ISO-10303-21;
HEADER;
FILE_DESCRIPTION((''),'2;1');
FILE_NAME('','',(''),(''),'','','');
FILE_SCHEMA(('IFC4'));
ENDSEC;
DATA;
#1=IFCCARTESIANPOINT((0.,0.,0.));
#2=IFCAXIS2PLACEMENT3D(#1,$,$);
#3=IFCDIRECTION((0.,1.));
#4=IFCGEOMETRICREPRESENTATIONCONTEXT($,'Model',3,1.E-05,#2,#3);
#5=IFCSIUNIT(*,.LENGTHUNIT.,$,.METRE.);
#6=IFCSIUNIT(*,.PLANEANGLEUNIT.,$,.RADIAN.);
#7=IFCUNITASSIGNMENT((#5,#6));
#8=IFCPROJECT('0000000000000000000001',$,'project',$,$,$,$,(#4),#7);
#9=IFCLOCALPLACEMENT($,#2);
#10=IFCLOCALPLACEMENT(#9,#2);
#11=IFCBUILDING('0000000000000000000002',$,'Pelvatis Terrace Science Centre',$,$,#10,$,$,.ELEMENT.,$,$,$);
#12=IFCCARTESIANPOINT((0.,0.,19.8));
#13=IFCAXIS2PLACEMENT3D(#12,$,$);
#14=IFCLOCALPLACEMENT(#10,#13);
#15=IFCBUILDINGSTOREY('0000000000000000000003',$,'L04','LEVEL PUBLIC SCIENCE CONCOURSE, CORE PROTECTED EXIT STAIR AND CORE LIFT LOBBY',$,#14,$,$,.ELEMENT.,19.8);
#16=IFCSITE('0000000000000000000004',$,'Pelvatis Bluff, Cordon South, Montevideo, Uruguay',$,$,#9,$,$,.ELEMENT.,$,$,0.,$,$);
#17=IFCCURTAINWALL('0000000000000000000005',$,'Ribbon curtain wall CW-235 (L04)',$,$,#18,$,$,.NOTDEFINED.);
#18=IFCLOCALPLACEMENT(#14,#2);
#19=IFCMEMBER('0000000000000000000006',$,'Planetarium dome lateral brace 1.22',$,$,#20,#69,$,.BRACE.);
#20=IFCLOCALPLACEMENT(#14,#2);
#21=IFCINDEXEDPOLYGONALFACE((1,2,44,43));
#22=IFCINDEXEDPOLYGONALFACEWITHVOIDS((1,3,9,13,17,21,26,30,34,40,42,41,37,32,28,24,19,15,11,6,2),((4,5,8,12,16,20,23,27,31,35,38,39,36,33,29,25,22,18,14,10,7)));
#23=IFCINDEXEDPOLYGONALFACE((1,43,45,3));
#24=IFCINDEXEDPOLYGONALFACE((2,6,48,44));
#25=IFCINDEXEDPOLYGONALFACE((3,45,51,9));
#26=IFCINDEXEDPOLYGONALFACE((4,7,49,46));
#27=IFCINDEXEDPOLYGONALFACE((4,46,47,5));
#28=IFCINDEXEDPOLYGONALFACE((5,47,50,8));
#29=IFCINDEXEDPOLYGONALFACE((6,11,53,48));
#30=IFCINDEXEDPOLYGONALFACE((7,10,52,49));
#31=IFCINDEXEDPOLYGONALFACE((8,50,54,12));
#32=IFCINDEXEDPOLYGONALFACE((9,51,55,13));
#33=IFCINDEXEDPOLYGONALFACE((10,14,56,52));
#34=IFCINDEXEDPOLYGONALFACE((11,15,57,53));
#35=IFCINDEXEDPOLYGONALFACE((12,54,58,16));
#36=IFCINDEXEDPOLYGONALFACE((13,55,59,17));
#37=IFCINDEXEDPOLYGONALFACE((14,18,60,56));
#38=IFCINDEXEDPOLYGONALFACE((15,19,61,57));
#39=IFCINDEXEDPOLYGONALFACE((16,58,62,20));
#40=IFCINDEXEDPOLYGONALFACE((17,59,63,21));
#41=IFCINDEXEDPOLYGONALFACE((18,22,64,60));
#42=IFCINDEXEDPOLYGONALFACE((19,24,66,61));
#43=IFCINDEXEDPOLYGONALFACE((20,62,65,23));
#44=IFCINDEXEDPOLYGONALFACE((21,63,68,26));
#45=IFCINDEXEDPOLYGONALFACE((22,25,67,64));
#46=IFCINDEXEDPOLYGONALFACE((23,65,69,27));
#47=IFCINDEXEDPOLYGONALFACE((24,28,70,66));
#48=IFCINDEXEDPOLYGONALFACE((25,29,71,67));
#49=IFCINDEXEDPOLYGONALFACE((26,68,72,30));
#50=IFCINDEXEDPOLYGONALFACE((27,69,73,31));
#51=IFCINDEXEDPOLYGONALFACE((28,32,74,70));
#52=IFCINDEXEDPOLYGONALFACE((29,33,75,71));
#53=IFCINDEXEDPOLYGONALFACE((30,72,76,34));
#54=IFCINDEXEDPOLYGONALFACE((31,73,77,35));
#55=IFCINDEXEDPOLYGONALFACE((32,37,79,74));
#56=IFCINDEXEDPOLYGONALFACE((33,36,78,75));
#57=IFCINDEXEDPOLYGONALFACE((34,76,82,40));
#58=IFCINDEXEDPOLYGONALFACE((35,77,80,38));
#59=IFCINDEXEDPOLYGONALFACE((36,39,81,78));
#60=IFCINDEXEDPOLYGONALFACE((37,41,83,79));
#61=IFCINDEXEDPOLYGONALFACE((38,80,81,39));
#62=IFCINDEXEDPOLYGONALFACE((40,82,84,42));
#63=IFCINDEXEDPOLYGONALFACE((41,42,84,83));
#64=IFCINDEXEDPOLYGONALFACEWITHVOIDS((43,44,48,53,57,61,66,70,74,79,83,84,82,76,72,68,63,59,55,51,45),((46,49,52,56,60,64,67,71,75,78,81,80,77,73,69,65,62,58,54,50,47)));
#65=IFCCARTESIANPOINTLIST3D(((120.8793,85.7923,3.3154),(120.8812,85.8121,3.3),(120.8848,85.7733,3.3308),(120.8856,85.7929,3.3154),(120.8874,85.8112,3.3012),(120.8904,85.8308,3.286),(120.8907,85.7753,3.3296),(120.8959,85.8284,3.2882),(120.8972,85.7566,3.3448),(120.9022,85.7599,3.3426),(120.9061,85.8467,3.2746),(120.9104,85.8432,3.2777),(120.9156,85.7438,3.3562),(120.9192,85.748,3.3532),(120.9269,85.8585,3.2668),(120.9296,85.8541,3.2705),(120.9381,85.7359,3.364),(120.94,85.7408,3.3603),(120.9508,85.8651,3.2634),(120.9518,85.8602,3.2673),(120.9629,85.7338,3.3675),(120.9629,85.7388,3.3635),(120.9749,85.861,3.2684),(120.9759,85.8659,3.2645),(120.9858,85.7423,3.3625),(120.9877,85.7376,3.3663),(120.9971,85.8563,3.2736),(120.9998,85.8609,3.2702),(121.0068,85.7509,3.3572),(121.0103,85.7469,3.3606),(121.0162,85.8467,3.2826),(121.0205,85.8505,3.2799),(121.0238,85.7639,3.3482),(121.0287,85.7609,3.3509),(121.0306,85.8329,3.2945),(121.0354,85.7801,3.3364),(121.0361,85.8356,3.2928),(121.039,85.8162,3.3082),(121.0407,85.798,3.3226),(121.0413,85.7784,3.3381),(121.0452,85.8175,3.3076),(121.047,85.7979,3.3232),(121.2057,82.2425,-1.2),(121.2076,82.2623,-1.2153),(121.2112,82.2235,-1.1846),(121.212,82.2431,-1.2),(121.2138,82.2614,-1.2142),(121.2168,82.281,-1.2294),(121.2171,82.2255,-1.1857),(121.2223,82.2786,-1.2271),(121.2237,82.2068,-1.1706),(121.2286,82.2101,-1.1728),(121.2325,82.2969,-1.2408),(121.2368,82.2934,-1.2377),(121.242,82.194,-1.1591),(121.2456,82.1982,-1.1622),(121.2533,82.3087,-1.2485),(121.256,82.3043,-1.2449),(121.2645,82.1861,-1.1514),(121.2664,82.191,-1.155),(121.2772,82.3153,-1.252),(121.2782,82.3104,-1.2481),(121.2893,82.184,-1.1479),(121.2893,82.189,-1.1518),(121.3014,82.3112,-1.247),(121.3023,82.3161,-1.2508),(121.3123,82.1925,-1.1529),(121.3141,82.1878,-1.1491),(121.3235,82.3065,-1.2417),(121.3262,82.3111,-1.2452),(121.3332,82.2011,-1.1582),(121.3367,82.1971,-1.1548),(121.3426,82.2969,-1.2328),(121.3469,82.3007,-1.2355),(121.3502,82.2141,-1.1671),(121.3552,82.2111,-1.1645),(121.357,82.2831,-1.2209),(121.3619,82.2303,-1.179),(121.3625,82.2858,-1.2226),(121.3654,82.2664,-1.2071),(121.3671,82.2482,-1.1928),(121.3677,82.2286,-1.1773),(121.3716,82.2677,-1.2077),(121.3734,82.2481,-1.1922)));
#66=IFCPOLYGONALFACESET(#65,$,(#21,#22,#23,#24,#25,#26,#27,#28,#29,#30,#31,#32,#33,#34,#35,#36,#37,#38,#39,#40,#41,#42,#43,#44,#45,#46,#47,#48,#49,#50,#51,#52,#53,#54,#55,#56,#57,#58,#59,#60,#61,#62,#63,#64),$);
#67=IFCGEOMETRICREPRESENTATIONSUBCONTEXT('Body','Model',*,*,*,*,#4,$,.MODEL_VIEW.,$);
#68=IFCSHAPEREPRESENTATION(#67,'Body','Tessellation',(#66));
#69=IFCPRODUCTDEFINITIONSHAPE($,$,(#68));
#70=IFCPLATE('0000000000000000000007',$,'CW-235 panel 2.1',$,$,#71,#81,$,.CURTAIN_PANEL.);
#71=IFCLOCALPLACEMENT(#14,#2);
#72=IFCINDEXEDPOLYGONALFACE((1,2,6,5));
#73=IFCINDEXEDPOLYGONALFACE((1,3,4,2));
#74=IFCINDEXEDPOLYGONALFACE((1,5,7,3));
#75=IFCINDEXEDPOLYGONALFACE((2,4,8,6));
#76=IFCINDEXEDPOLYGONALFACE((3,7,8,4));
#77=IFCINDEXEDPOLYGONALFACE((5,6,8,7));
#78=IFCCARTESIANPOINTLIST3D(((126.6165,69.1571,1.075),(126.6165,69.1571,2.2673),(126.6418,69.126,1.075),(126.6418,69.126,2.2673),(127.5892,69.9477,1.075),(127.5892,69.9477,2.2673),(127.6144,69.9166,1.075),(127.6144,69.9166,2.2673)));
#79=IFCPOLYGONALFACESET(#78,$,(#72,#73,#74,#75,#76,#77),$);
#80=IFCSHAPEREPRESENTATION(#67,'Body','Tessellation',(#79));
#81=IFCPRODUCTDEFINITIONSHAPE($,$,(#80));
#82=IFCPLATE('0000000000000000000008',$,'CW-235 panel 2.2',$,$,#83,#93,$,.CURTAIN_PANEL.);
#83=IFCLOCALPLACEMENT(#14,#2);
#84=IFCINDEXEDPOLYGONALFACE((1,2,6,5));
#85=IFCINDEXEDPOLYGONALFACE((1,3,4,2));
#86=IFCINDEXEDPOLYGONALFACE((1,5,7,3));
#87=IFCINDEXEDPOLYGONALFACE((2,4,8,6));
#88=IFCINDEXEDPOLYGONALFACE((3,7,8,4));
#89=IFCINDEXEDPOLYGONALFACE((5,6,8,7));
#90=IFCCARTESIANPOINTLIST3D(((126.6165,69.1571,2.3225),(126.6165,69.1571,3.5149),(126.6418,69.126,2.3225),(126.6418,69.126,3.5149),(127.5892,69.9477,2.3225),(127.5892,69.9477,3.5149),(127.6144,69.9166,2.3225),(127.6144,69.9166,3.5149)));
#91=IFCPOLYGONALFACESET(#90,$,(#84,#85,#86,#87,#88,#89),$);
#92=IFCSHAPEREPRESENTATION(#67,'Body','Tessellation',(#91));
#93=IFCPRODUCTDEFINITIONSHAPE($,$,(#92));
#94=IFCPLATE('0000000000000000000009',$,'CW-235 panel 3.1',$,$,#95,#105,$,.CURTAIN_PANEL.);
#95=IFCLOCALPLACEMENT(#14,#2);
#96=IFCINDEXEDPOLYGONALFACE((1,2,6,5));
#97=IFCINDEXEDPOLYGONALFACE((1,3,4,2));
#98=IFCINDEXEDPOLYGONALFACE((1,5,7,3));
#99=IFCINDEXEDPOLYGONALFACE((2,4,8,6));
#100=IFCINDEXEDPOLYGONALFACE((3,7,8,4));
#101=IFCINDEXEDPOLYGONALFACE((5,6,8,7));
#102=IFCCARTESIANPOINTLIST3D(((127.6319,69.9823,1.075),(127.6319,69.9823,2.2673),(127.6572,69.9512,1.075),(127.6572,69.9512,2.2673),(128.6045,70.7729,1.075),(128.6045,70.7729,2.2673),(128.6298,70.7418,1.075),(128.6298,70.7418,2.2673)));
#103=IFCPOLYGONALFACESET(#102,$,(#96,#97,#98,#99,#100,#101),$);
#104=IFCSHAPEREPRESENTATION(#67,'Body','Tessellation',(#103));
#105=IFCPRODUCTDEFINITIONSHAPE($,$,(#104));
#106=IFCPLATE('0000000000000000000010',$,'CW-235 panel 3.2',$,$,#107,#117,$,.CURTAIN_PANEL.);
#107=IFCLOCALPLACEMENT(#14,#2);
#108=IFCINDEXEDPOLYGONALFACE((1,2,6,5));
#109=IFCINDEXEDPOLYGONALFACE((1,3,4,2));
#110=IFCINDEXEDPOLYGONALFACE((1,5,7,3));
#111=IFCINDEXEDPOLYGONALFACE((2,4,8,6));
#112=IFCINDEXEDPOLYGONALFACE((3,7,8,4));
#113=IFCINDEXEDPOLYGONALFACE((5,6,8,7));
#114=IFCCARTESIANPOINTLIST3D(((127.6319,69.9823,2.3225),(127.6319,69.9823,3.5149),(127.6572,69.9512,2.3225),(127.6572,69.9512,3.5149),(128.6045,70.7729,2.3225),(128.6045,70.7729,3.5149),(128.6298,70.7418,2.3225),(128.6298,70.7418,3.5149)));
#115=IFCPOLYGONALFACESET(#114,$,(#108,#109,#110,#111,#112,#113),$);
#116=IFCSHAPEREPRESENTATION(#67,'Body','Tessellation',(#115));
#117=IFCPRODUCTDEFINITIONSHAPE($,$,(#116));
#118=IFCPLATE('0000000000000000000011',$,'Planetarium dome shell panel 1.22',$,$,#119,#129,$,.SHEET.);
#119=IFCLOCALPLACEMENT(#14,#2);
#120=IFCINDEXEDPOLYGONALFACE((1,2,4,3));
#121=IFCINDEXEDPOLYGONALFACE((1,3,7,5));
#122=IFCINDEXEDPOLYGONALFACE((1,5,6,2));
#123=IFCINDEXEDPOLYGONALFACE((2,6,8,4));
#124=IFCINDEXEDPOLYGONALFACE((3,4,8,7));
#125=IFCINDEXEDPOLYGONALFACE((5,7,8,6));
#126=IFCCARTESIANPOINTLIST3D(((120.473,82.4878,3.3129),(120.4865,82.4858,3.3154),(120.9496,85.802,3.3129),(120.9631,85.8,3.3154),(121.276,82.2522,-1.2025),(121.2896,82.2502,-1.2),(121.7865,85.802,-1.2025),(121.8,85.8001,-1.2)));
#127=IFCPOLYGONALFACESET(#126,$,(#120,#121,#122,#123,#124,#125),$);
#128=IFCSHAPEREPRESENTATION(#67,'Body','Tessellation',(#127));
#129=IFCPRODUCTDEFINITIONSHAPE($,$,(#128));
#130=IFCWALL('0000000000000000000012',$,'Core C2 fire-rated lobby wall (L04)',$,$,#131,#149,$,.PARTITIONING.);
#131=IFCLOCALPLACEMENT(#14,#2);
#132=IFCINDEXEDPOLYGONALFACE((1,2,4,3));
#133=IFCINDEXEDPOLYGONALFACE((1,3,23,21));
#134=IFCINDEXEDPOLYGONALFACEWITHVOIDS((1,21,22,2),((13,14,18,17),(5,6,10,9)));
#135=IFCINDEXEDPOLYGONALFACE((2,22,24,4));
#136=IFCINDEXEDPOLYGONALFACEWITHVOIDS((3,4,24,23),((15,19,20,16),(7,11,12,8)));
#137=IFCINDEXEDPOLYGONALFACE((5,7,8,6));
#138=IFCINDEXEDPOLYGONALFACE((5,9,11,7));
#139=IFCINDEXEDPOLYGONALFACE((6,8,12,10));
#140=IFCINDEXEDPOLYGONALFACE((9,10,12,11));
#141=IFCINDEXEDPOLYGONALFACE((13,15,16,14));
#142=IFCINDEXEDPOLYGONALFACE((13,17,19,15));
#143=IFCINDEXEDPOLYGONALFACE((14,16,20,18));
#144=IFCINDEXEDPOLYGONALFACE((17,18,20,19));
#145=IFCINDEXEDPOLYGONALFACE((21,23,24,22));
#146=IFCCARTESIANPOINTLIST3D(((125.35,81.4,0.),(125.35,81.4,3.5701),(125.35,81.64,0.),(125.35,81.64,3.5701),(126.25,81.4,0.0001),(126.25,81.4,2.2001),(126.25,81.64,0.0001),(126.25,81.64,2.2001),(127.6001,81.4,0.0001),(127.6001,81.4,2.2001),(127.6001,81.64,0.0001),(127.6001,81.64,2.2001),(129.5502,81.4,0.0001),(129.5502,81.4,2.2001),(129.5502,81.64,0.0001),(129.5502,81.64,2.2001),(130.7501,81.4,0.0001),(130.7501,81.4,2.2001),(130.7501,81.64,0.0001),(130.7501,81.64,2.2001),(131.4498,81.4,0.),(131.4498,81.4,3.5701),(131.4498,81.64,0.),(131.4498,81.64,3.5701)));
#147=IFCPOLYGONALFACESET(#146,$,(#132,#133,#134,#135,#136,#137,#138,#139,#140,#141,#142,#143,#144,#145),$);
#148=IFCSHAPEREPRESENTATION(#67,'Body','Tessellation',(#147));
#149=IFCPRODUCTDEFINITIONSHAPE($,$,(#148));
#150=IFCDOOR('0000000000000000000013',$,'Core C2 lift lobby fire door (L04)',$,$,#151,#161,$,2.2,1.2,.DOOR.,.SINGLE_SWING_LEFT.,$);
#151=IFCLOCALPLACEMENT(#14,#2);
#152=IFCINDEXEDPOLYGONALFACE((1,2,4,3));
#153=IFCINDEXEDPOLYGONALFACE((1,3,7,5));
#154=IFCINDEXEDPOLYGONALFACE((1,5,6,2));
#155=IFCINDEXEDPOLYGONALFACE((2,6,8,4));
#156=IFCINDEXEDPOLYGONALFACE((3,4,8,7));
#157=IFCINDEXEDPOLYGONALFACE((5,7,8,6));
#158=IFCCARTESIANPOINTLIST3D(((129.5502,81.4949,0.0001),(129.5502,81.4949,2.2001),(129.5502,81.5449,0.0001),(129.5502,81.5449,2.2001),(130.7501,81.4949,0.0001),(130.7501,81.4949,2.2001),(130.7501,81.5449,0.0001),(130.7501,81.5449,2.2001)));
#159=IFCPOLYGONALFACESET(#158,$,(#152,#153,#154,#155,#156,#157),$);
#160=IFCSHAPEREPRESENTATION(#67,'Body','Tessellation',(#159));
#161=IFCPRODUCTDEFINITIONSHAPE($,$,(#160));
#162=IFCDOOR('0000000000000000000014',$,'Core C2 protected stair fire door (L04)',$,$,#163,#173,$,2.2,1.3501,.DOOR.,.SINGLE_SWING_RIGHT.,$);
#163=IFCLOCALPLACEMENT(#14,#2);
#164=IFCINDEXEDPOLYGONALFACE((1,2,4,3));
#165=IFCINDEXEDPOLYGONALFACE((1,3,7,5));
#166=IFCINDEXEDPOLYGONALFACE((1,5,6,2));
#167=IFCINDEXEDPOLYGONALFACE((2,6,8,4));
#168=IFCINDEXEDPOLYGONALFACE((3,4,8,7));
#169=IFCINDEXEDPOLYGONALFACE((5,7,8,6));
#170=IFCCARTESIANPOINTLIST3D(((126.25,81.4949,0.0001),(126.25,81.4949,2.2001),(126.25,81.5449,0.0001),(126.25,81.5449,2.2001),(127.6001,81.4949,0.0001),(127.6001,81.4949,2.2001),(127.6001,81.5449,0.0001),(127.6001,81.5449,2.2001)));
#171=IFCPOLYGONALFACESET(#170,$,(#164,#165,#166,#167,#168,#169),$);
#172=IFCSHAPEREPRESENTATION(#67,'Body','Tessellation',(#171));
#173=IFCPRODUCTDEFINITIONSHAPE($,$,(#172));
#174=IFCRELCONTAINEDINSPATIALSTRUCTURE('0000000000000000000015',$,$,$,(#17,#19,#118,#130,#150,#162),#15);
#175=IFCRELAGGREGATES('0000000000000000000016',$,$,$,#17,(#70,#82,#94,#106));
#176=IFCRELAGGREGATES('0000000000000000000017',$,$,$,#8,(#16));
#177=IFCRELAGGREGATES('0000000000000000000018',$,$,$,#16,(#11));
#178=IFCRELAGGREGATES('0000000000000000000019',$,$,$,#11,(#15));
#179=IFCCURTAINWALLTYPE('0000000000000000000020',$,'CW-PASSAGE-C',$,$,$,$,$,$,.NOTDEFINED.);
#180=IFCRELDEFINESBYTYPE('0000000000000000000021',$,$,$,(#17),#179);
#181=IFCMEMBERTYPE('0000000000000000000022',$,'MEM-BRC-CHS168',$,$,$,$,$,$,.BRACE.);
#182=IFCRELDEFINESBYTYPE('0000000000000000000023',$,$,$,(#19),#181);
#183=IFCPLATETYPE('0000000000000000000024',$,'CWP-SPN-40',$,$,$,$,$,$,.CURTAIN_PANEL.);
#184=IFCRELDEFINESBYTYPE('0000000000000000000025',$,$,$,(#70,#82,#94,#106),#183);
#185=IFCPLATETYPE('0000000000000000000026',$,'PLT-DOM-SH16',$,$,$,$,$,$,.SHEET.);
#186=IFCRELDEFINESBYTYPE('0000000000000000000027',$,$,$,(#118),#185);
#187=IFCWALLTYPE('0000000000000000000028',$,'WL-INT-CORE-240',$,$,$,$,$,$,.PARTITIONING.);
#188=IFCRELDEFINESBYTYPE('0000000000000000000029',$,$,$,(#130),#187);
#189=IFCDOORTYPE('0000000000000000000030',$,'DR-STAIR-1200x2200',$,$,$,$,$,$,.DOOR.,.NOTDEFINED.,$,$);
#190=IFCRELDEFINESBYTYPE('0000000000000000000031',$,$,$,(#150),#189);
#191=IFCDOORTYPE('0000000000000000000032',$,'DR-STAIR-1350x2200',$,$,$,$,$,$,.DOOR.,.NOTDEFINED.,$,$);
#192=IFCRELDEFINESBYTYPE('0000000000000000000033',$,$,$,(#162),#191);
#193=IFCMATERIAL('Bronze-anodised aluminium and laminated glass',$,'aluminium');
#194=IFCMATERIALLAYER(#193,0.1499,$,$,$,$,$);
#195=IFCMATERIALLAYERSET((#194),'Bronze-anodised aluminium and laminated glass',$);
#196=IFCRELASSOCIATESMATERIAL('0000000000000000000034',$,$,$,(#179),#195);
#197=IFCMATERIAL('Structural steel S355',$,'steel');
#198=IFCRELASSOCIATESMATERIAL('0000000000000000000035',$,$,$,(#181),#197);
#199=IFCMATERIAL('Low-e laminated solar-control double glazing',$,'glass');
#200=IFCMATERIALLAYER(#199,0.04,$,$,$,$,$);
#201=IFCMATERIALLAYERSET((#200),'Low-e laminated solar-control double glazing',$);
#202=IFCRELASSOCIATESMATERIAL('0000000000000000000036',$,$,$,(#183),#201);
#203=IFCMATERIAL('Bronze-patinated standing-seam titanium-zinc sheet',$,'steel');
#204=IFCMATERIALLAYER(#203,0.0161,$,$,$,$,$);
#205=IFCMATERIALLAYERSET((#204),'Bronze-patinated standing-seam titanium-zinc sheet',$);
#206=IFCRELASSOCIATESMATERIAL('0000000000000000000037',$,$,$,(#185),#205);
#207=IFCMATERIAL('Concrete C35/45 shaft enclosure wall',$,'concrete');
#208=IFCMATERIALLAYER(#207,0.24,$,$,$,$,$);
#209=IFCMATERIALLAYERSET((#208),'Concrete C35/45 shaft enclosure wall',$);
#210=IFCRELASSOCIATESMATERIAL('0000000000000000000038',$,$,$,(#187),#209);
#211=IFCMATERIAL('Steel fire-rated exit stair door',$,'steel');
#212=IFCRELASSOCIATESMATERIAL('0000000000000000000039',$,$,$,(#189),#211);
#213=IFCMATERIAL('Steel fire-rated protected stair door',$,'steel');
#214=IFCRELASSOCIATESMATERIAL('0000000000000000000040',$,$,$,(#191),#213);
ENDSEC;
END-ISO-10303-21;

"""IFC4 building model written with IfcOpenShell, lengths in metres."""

from ifc_helpers import new_model, si_unit, direction, frame, frame_2d, origin, origin_2d, place, context, subcontext, project, spatial, polyline, rectangle, hollow_circle, outline, extrude, material, layer, layer_set, material_profile, profile_set, type_object, element, fill, aggregate, save


model = new_model("IFC4")

# Units and contexts
model_context = context("Model", 3, precision=1e-05, world=origin(), true_north=direction((0.0, 1.0)))
body_context = subcontext(model_context, "Body", "Model", "MODEL_VIEW")
ifc_project = project(units=[si_unit("LENGTHUNIT", "METRE"), si_unit("PLANEANGLEUNIT", "RADIAN")], contexts=[model_context])

# Site, building, storey
site_placement = place(None, origin())
site = spatial("IfcSite", under=ifc_project, at=site_placement, Name="Pelvatis Bluff, Cordon South, Montevideo, Uruguay", CompositionType="ELEMENT", RefElevation=0.0)
building_placement = place(site_placement, origin())
building = spatial("IfcBuilding", under=site, at=building_placement, Name="Pelvatis Terrace Science Centre", CompositionType="ELEMENT")
storey_placement = place(building_placement, frame((0.0, 0.0, 19.8)))
storey = spatial("IfcBuildingStorey", under=building, at=storey_placement, Name="L04", Description="LEVEL PUBLIC SCIENCE CONCOURSE, CORE PROTECTED EXIT STAIR AND CORE LIFT LOBBY", CompositionType="ELEMENT", Elevation=19.8)

# Curtain wall
ifc_material_1 = material(Name="Bronze-anodised aluminium and laminated glass", Category="aluminium")
ifc_layer_1 = layer(ifc_material_1, 0.1499)
ifc_layer_set_1 = layer_set([ifc_layer_1], Name="Bronze-anodised aluminium and laminated glass")
curtain_wall_type = type_object("IfcCurtainWallType", Name="CW-PASSAGE-C", PredefinedType="NOTDEFINED", material=ifc_layer_set_1)
curtain_wall_placement = place(storey_placement, origin())
curtain_wall = element("IfcCurtainWall", 1, at=curtain_wall_placement, inside=storey, type_object=curtain_wall_type, Name="Ribbon curtain wall CW-235 (L04)", PredefinedType="NOTDEFINED")

# Member
ifc_material_2 = material(Name="Structural steel S355", Category="steel")
ifc_material_profile_1 = material_profile(ifc_material_2, hollow_circle(Radius=0.0842, WallThickness=0.0063, at=origin_2d()), Name="CHS 168.3x6.3")
ifc_profile_set_1 = profile_set([ifc_material_profile_1], Name="Structural steel S355")
member_type_1 = type_object("IfcMemberType", Name="MEM-BRC-CHS168", PredefinedType="BRACE", material=ifc_profile_set_1)
for number, where, z_axis, x_axis, name in (
    (2, (121.2896, 82.2502, -1.2), (-0.056739, 0.617042, 0.784882), (-0.995799, -0.091567, 0.0), "Planetarium dome lateral brace 1.22"),
):
    element("IfcMember", number, at=place(storey_placement, frame(where, z_axis=z_axis, x_axis=x_axis)), inside=storey, type_object=member_type_1, Name=name, PredefinedType="BRACE", context=body_context, shape_type="SweptSolid", body=[
        extrude(hollow_circle(Radius=0.0842, WallThickness=0.0063, at=origin_2d()), origin(), (0.0, 0.0, 1.0), 5.7529),
    ])

# Plates
ifc_material_3 = material(Name="Low-e laminated solar-control double glazing", Category="glass")
ifc_layer_2 = layer(ifc_material_3, 0.04)
ifc_layer_set_2 = layer_set([ifc_layer_2], Name="Low-e laminated solar-control double glazing")
plate_type_1 = type_object("IfcPlateType", Name="CWP-SPN-40", PredefinedType="CURTAIN_PANEL", material=ifc_layer_set_2)
plate_1_placement = place(storey_placement, frame((127.1155, 69.5369, 1.075), z_axis=(0.0, 0.0, 1.0), x_axis=(0.77598, 0.630757, 0.0)))
plate_1 = element("IfcPlate", 3, at=plate_1_placement, type_object=plate_type_1, Name="CW-235 panel 2.1", PredefinedType="CURTAIN_PANEL", context=body_context, shape_type="SweptSolid", body=[
    extrude(rectangle(XDim=1.2534, YDim=0.04, at=origin_2d()), origin(), (0.0, 0.0, 1.0), 1.1924),
])
plate_2_placement = place(storey_placement, frame((127.1155, 69.5369, 2.3225), z_axis=(0.0, 0.0, 1.0), x_axis=(0.77598, 0.630757, 0.0)))
plate_2 = element("IfcPlate", 4, at=plate_2_placement, type_object=plate_type_1, Name="CW-235 panel 2.2", PredefinedType="CURTAIN_PANEL", context=body_context, shape_type="SweptSolid", body=[
    extrude(rectangle(XDim=1.2534, YDim=0.04, at=origin_2d()), origin(), (0.0, 0.0, 1.0), 1.1924),
])
plate_3_placement = place(storey_placement, frame((128.1309, 70.3621, 1.075), z_axis=(0.0, 0.0, 1.0), x_axis=(0.77598, 0.630757, 0.0)))
plate_3 = element("IfcPlate", 5, at=plate_3_placement, type_object=plate_type_1, Name="CW-235 panel 3.1", PredefinedType="CURTAIN_PANEL", context=body_context, shape_type="SweptSolid", body=[
    extrude(rectangle(XDim=1.2534, YDim=0.04, at=origin_2d()), origin(), (0.0, 0.0, 1.0), 1.1924),
])
plate_4_placement = place(storey_placement, frame((128.1309, 70.3621, 2.3225), z_axis=(0.0, 0.0, 1.0), x_axis=(0.77598, 0.630757, 0.0)))
plate_4 = element("IfcPlate", 6, at=plate_4_placement, type_object=plate_type_1, Name="CW-235 panel 3.2", PredefinedType="CURTAIN_PANEL", context=body_context, shape_type="SweptSolid", body=[
    extrude(rectangle(XDim=1.2534, YDim=0.04, at=origin_2d()), origin(), (0.0, 0.0, 1.0), 1.1924),
])
aggregate(curtain_wall, [plate_1, plate_2, plate_3, plate_4])
ifc_material_4 = material(Name="Bronze-patinated standing-seam titanium-zinc sheet", Category="steel")
ifc_layer_3 = layer(ifc_material_4, 0.0161)
ifc_layer_set_3 = layer_set([ifc_layer_3], Name="Bronze-patinated standing-seam titanium-zinc sheet")
plate_type_2 = type_object("IfcPlateType", Name="PLT-DOM-SH16", PredefinedType="SHEET", material=ifc_layer_set_3)
plate_5_placement = place(storey_placement, frame((121.2896, 82.2502, -1.2), z_axis=(0.973571, -0.140002, 0.180443), x_axis=(0.142338, 0.989818, -0.000001)))
element("IfcPlate", 7, at=plate_5_placement, inside=storey, type_object=plate_type_2, Name="Planetarium dome shell panel 1.22", PredefinedType="SHEET", context=body_context, shape_type="SweptSolid", body=[
    extrude(outline(polyline([(0.0, 0.0), (3.5863, 0.0), (3.4672, 4.5907), (0.1189, 4.5907), (0.0, 0.0)])), origin(), (0.0, 0.0, -1.0), 0.0139),
])

# Wall, openings, doors
ifc_material_5 = material(Name="Concrete C35/45 shaft enclosure wall", Category="concrete")
ifc_layer_4 = layer(ifc_material_5, 0.24)
ifc_layer_set_4 = layer_set([ifc_layer_4], Name="Concrete C35/45 shaft enclosure wall")
wall_type_1 = type_object("IfcWallType", Name="WL-INT-CORE-240", PredefinedType="PARTITIONING", material=ifc_layer_set_4)
wall_1_placement = place(storey_placement, frame((125.3501, 81.52, 0.0), z_axis=(0.0, 0.0, 1.0), x_axis=(1.0, 0.0, 0.0)))
wall_1 = element("IfcWall", 8, at=wall_1_placement, inside=storey, type_object=wall_type_1, Name="Core C2 fire-rated lobby wall (L04)", PredefinedType="PARTITIONING", context=body_context, shape_type="SweptSolid", body=[
    extrude(rectangle(XDim=6.0999, YDim=0.24, at=frame_2d((3.0498, 0.0))), origin(), (0.0, 0.0, 1.0), 3.5701),
])
opening_1_placement = place(wall_1_placement, frame((0.8999, 0.0, 0.0)))
opening_1 = element("IfcOpeningElement", 9, at=opening_1_placement, cuts=wall_1, PredefinedType="OPENING", context=body_context, shape_type="SweptSolid", body=[
    extrude(rectangle(XDim=1.3501, YDim=2.2, at=frame_2d((0.675, 1.1001))), frame((0.0, 0.1299, 0.0), z_axis=(0.0, -1.0, 0.0), x_axis=(1.0, 0.0, 0.0)), (0.0, 0.0, 1.0), 0.26),
])
opening_2_placement = place(wall_1_placement, frame((4.2, 0.0, 0.0)))
opening_2 = element("IfcOpeningElement", 10, at=opening_2_placement, cuts=wall_1, PredefinedType="OPENING", context=body_context, shape_type="SweptSolid", body=[
    extrude(rectangle(XDim=1.2, YDim=2.2, at=frame_2d((0.6001, 1.1001))), frame((0.0, 0.1299, 0.0), z_axis=(0.0, -1.0, 0.0), x_axis=(1.0, 0.0, 0.0)), (0.0, 0.0, 1.0), 0.26),
])
ifc_material_6 = material(Name="Steel fire-rated exit stair door", Category="steel")
door_type_1 = type_object("IfcDoorType", Name="DR-STAIR-1200x2200", OperationType="NOTDEFINED", PredefinedType="DOOR", material=ifc_material_6)
door_1_placement = place(opening_2_placement, origin())
door_1 = element("IfcDoor", 11, at=door_1_placement, inside=storey, type_object=door_type_1, Name="Core C2 lift lobby fire door (L04)", OperationType="SINGLE_SWING_LEFT", OverallHeight=2.2, OverallWidth=1.2, PredefinedType="DOOR", context=body_context, shape_type="SweptSolid", body=[
    extrude(rectangle(XDim=1.2, YDim=2.2, at=frame_2d((0.6001, 1.1001))), frame((0.0, 0.0249, 0.0), z_axis=(0.0, -1.0, 0.0), x_axis=(1.0, 0.0, 0.0)), (0.0, 0.0, 1.0), 0.05),
])
fill(opening_2, door_1)
ifc_material_7 = material(Name="Steel fire-rated protected stair door", Category="steel")
door_type_2 = type_object("IfcDoorType", Name="DR-STAIR-1350x2200", OperationType="NOTDEFINED", PredefinedType="DOOR", material=ifc_material_7)
door_2_placement = place(opening_1_placement, origin())
door_2 = element("IfcDoor", 12, at=door_2_placement, inside=storey, type_object=door_type_2, Name="Core C2 protected stair fire door (L04)", OperationType="SINGLE_SWING_RIGHT", OverallHeight=2.2, OverallWidth=1.3501, PredefinedType="DOOR", context=body_context, shape_type="SweptSolid", body=[
    extrude(rectangle(XDim=1.3501, YDim=2.2, at=frame_2d((0.675, 1.1001))), frame((0.0, 0.0249, 0.0), z_axis=(0.0, -1.0, 0.0), x_axis=(1.0, 0.0, 0.0)), (0.0, 0.0, 1.0), 0.05),
])
fill(opening_1, door_2)

save(model, "model.ifc")
